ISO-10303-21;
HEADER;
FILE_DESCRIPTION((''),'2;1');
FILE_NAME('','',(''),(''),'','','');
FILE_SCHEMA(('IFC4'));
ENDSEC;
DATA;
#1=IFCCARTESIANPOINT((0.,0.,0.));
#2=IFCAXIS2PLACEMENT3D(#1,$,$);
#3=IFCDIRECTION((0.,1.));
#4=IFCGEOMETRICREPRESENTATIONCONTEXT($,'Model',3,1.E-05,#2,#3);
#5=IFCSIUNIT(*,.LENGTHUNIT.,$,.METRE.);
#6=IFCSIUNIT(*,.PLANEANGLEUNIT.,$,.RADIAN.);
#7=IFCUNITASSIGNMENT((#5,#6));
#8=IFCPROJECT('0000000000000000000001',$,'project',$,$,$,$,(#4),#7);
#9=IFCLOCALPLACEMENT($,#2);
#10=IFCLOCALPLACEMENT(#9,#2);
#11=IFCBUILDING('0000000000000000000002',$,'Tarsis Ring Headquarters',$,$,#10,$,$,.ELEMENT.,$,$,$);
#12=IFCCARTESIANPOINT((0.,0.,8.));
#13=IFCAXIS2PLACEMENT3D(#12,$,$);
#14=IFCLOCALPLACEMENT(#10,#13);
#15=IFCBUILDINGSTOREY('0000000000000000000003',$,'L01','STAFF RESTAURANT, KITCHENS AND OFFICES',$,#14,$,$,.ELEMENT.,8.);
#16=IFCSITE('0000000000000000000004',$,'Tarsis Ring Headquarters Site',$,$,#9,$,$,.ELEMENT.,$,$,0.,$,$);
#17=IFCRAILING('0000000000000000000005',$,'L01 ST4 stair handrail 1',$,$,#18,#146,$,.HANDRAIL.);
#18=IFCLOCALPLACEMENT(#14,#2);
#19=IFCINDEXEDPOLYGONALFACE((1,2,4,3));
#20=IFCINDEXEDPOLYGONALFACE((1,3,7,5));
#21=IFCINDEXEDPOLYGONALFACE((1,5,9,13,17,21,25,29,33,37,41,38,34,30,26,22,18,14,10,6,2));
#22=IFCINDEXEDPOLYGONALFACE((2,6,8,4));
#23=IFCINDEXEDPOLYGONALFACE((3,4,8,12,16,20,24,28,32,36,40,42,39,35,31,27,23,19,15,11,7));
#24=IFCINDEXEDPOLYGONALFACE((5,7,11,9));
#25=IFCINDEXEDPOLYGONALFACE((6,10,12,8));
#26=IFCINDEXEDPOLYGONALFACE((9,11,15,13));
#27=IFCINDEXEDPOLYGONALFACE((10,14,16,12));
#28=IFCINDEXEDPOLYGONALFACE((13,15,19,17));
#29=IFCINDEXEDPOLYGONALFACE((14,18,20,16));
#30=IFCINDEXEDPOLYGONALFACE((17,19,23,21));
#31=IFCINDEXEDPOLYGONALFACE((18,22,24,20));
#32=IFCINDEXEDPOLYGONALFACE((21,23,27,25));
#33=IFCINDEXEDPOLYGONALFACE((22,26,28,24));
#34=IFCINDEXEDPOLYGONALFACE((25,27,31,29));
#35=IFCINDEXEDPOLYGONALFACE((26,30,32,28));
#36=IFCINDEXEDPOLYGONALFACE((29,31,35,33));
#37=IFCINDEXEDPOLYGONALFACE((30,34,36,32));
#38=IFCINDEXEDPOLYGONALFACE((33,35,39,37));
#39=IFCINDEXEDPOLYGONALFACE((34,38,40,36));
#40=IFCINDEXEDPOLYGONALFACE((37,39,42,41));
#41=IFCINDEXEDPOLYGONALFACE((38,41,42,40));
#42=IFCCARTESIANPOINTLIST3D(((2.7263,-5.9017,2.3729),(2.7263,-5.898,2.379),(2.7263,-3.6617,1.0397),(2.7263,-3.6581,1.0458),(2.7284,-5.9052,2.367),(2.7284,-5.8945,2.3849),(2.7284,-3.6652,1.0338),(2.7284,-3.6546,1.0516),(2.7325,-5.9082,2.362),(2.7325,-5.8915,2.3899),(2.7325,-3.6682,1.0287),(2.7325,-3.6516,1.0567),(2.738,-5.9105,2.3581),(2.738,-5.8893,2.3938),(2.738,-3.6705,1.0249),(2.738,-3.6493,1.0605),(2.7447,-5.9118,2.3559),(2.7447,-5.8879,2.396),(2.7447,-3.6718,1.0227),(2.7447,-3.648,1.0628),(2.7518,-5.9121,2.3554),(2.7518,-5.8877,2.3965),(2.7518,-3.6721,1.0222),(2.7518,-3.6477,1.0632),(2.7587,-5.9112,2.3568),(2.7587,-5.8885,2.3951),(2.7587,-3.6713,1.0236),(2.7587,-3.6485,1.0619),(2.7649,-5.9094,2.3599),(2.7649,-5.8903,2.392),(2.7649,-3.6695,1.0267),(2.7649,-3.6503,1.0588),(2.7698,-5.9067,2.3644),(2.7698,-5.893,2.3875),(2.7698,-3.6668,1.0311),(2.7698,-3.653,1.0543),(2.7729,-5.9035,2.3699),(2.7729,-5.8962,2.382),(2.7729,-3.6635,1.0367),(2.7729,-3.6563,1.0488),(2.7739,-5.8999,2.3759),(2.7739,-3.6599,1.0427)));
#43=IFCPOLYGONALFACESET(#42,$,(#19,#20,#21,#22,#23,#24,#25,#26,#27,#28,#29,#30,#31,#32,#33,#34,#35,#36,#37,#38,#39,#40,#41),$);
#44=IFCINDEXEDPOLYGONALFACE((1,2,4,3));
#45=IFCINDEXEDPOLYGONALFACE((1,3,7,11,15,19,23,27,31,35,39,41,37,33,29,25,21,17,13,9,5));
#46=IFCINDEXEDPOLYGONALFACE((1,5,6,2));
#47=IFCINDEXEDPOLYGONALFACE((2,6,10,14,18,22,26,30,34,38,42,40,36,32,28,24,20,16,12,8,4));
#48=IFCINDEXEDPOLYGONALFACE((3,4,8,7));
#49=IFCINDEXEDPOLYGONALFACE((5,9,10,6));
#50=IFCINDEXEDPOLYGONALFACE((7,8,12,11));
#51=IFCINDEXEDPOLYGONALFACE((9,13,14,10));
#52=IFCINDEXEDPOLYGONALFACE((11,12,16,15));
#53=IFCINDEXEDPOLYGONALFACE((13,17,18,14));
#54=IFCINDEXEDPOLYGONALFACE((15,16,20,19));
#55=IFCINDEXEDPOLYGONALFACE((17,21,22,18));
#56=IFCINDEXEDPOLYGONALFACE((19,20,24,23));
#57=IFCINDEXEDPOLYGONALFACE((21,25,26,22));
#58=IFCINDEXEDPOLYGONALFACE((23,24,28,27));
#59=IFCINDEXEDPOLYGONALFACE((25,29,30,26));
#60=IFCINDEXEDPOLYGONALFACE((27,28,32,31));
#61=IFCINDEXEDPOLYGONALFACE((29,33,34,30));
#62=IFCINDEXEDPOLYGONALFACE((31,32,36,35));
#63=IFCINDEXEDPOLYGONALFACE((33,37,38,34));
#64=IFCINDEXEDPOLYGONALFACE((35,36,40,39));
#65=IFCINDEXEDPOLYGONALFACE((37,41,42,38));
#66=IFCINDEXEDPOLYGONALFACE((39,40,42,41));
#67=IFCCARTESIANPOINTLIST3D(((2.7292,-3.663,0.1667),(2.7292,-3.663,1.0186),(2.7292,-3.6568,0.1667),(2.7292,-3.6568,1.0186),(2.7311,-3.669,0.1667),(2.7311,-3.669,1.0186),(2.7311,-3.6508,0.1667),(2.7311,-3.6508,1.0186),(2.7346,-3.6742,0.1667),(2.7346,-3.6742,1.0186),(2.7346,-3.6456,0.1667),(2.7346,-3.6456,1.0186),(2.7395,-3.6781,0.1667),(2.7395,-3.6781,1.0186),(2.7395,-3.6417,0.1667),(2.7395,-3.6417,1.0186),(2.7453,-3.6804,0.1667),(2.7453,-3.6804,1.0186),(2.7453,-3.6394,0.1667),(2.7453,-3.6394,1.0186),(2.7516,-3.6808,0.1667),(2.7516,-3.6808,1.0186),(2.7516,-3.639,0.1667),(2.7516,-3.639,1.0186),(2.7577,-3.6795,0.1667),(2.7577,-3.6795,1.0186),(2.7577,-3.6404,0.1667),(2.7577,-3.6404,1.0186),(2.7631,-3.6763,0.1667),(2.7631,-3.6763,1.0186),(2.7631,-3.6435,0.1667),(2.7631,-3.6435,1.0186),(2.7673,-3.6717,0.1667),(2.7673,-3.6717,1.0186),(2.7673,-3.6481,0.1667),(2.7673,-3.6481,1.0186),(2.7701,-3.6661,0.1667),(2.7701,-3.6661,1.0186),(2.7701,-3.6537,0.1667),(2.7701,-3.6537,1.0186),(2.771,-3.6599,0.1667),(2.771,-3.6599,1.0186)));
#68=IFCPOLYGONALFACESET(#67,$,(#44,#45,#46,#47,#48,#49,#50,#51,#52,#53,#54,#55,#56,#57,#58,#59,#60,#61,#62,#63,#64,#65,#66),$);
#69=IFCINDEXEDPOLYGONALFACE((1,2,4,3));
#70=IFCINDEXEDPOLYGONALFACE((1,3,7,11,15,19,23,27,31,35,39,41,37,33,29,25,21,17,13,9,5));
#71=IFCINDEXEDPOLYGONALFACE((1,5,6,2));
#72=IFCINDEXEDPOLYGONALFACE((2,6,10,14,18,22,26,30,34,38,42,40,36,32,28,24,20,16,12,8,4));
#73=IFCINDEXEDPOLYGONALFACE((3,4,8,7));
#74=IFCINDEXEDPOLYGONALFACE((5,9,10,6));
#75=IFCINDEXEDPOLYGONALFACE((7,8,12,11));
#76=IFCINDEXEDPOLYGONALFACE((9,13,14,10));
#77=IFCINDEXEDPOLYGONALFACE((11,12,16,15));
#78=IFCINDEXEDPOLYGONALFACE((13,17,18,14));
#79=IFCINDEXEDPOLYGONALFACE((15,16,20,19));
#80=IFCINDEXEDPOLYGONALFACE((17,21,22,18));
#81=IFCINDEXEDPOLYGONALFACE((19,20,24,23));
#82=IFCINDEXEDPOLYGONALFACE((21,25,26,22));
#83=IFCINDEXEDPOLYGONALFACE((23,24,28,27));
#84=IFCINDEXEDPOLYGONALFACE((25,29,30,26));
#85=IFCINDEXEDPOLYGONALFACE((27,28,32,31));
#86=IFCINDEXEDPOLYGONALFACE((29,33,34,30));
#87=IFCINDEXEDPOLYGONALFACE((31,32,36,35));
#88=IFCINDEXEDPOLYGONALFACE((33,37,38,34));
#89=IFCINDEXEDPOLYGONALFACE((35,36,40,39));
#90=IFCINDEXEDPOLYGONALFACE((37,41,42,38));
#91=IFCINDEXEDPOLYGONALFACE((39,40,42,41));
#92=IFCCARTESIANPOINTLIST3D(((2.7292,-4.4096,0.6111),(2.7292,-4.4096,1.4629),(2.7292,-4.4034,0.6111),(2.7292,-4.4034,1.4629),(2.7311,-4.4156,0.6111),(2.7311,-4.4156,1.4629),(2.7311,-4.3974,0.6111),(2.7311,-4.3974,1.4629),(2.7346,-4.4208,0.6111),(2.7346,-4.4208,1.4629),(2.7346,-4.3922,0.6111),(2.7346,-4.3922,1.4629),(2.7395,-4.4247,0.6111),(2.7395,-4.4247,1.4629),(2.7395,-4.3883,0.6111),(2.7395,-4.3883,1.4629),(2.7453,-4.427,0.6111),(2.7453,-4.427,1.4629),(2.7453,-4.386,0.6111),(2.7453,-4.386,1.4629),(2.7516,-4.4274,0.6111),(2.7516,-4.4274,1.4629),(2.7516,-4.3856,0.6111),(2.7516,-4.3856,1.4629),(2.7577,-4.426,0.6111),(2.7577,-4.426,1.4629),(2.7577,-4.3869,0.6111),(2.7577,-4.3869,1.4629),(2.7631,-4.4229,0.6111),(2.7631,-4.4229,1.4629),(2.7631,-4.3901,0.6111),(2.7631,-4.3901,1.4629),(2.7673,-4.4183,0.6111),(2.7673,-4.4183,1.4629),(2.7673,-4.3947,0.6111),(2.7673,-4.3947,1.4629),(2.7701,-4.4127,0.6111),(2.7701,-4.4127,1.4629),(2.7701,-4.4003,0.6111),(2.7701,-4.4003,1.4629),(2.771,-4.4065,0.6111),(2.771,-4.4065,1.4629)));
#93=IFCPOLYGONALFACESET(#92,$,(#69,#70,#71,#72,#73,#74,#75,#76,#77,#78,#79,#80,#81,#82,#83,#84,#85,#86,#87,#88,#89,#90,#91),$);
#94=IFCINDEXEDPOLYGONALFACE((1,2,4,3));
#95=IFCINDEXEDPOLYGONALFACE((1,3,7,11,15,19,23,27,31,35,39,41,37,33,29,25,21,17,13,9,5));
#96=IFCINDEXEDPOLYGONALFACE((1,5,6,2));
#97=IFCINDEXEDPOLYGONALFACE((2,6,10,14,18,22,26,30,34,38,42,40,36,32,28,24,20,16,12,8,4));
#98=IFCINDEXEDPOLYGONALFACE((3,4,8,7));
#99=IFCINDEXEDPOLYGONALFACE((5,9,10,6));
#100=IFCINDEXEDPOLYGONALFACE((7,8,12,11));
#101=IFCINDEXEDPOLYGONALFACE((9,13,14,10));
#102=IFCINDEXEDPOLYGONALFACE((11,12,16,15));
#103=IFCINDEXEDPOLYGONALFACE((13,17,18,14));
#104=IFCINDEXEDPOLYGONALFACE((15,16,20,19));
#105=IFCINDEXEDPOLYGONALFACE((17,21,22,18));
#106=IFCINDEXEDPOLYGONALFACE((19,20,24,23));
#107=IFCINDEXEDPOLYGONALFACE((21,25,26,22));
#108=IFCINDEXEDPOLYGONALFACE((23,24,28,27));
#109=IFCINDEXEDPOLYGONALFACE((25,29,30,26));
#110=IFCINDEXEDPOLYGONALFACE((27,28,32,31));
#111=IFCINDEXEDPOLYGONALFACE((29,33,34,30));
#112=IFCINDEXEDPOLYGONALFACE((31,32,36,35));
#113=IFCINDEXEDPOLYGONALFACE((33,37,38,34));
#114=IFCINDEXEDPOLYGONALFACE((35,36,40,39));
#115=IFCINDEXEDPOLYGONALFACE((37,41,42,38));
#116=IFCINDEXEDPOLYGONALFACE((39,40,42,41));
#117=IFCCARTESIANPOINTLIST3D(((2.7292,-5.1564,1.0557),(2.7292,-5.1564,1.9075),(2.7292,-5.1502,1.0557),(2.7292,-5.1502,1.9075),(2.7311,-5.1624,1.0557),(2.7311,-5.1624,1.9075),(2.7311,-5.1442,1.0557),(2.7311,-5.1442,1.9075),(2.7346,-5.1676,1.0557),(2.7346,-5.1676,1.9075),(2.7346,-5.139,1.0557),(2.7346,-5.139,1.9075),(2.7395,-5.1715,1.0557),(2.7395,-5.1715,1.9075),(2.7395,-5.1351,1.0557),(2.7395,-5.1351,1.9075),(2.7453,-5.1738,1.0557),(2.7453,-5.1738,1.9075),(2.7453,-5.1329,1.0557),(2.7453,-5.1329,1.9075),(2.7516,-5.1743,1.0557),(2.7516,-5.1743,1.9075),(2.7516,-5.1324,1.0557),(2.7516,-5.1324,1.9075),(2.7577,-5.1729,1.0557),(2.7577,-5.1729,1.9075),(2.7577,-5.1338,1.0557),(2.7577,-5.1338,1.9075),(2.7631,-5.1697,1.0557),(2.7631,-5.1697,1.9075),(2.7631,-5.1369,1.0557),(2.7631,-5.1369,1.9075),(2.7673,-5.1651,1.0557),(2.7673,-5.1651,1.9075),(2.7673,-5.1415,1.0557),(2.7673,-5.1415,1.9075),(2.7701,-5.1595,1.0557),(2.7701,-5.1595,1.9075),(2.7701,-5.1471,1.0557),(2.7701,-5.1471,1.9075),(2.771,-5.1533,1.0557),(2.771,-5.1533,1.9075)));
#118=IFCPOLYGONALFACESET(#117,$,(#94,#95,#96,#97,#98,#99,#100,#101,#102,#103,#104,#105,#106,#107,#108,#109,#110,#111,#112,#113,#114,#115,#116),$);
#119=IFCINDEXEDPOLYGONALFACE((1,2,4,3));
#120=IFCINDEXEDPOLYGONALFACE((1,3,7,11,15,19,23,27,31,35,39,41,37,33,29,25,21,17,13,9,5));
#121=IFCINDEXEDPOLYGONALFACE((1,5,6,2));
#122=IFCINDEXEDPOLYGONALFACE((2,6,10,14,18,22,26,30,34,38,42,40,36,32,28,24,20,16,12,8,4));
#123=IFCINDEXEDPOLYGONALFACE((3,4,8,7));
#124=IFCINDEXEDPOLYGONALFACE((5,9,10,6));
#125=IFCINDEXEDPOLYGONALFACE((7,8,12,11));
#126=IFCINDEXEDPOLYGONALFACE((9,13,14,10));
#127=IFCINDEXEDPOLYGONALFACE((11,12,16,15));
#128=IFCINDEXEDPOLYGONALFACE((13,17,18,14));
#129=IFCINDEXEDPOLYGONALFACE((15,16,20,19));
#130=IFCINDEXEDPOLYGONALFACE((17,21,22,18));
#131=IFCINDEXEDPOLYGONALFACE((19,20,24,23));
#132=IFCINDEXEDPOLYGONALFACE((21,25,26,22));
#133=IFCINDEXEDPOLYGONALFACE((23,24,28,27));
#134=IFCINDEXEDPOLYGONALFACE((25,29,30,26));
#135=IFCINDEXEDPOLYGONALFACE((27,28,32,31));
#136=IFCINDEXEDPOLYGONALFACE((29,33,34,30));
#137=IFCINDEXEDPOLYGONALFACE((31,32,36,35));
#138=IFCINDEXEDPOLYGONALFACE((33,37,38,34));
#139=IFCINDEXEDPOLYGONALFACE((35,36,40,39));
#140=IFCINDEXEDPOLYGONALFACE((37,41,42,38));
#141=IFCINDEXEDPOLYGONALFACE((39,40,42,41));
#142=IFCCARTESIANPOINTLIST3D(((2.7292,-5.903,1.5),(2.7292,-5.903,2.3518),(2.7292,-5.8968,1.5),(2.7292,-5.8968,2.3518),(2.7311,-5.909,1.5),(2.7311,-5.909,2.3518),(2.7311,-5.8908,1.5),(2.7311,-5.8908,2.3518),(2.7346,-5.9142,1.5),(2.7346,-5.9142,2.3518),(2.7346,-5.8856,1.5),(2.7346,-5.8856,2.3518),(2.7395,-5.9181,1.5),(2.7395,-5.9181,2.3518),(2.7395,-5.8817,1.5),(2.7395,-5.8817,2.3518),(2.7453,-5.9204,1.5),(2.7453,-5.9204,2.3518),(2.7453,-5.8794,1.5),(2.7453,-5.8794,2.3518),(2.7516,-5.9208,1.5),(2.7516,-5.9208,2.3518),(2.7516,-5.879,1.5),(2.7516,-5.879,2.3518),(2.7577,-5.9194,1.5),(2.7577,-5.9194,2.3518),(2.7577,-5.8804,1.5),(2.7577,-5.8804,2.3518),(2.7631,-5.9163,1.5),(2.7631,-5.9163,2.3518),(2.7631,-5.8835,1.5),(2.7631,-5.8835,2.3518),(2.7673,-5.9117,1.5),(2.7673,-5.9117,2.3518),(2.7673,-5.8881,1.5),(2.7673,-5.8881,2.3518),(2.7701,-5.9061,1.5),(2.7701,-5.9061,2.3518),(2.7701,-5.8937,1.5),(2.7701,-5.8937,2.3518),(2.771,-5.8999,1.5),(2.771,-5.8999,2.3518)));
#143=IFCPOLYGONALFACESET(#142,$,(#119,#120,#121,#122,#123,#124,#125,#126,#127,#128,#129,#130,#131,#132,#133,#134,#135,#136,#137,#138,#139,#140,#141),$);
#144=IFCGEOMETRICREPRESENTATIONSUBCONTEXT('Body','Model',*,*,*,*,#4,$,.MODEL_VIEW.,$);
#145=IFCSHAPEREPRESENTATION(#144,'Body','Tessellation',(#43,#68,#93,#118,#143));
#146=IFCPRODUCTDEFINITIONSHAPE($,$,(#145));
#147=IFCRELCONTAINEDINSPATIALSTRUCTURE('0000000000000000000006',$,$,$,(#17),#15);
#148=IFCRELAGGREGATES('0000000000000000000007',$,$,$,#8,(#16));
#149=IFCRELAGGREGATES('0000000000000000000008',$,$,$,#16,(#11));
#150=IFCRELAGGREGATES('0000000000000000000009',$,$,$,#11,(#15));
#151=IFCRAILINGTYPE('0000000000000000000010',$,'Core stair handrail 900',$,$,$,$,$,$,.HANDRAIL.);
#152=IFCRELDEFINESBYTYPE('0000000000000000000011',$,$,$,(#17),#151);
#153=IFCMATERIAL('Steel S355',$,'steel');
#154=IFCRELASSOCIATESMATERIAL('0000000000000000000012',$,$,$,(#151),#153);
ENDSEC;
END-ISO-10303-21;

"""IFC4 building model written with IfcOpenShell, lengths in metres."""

from ifc_helpers import new_model, si_unit, direction, frame, origin, origin_2d, place, context, subcontext, project, spatial, circle, extrude, material, type_object, element, save


model = new_model("IFC4")

# Units and contexts
model_context = context("Model", 3, precision=1e-05, world=origin(), true_north=direction((0.0, 1.0)))
body_context = subcontext(model_context, "Body", "Model", "MODEL_VIEW")
ifc_project = project(units=[si_unit("LENGTHUNIT", "METRE"), si_unit("PLANEANGLEUNIT", "RADIAN")], contexts=[model_context])

# Site, building, storey
site_placement = place(None, origin())
site = spatial("IfcSite", under=ifc_project, at=site_placement, Name="Tarsis Ring Headquarters Site", CompositionType="ELEMENT", RefElevation=0.0)
building_placement = place(site_placement, origin())
building = spatial("IfcBuilding", under=site, at=building_placement, Name="Tarsis Ring Headquarters", CompositionType="ELEMENT")
storey_placement = place(building_placement, frame((0.0, 0.0, 8.0)))
storey = spatial("IfcBuildingStorey", under=building, at=storey_placement, Name="L01", Description="STAFF RESTAURANT, KITCHENS AND OFFICES", CompositionType="ELEMENT", Elevation=8.0)

# Shared definitions
ifc_material_1 = material(Name="Steel S355", Category="steel")

# Railing
railing_type_1 = type_object("IfcRailingType", Name="Core stair handrail 900", PredefinedType="HANDRAIL", material=ifc_material_1)
for number, where, name in (
    (1, (2.75, -3.6599, 0.1667), "L01 ST4 stair handrail 1"),
):
    element("IfcRailing", number, at=place(storey_placement, frame(where)), inside=storey, type_object=railing_type_1, Name=name, PredefinedType="HANDRAIL", context=body_context, shape_type="SweptSolid", body=[
        extrude(circle(Radius=0.0239, at=origin_2d()), frame((0.0, 0.0, 0.876), z_axis=(0.0, -0.859306, 0.511462), x_axis=(1.0, 0.0, 0.0)), (0.0, 0.0, 1.0), 2.6067),
        extrude(circle(Radius=0.021, at=origin_2d()), origin(), (0.0, 0.0, 1.0), 0.8518),
        extrude(circle(Radius=0.021, at=origin_2d()), frame((0.0, -0.7466, 0.4443)), (0.0, 0.0, 1.0), 0.8518),
        extrude(circle(Radius=0.021, at=origin_2d()), frame((0.0, -1.4934, 0.8889)), (0.0, 0.0, 1.0), 0.8518),
        extrude(circle(Radius=0.021, at=origin_2d()), frame((0.0, -2.24, 1.3333)), (0.0, 0.0, 1.0), 0.8518),
    ])

save(model, "model.ifc")
